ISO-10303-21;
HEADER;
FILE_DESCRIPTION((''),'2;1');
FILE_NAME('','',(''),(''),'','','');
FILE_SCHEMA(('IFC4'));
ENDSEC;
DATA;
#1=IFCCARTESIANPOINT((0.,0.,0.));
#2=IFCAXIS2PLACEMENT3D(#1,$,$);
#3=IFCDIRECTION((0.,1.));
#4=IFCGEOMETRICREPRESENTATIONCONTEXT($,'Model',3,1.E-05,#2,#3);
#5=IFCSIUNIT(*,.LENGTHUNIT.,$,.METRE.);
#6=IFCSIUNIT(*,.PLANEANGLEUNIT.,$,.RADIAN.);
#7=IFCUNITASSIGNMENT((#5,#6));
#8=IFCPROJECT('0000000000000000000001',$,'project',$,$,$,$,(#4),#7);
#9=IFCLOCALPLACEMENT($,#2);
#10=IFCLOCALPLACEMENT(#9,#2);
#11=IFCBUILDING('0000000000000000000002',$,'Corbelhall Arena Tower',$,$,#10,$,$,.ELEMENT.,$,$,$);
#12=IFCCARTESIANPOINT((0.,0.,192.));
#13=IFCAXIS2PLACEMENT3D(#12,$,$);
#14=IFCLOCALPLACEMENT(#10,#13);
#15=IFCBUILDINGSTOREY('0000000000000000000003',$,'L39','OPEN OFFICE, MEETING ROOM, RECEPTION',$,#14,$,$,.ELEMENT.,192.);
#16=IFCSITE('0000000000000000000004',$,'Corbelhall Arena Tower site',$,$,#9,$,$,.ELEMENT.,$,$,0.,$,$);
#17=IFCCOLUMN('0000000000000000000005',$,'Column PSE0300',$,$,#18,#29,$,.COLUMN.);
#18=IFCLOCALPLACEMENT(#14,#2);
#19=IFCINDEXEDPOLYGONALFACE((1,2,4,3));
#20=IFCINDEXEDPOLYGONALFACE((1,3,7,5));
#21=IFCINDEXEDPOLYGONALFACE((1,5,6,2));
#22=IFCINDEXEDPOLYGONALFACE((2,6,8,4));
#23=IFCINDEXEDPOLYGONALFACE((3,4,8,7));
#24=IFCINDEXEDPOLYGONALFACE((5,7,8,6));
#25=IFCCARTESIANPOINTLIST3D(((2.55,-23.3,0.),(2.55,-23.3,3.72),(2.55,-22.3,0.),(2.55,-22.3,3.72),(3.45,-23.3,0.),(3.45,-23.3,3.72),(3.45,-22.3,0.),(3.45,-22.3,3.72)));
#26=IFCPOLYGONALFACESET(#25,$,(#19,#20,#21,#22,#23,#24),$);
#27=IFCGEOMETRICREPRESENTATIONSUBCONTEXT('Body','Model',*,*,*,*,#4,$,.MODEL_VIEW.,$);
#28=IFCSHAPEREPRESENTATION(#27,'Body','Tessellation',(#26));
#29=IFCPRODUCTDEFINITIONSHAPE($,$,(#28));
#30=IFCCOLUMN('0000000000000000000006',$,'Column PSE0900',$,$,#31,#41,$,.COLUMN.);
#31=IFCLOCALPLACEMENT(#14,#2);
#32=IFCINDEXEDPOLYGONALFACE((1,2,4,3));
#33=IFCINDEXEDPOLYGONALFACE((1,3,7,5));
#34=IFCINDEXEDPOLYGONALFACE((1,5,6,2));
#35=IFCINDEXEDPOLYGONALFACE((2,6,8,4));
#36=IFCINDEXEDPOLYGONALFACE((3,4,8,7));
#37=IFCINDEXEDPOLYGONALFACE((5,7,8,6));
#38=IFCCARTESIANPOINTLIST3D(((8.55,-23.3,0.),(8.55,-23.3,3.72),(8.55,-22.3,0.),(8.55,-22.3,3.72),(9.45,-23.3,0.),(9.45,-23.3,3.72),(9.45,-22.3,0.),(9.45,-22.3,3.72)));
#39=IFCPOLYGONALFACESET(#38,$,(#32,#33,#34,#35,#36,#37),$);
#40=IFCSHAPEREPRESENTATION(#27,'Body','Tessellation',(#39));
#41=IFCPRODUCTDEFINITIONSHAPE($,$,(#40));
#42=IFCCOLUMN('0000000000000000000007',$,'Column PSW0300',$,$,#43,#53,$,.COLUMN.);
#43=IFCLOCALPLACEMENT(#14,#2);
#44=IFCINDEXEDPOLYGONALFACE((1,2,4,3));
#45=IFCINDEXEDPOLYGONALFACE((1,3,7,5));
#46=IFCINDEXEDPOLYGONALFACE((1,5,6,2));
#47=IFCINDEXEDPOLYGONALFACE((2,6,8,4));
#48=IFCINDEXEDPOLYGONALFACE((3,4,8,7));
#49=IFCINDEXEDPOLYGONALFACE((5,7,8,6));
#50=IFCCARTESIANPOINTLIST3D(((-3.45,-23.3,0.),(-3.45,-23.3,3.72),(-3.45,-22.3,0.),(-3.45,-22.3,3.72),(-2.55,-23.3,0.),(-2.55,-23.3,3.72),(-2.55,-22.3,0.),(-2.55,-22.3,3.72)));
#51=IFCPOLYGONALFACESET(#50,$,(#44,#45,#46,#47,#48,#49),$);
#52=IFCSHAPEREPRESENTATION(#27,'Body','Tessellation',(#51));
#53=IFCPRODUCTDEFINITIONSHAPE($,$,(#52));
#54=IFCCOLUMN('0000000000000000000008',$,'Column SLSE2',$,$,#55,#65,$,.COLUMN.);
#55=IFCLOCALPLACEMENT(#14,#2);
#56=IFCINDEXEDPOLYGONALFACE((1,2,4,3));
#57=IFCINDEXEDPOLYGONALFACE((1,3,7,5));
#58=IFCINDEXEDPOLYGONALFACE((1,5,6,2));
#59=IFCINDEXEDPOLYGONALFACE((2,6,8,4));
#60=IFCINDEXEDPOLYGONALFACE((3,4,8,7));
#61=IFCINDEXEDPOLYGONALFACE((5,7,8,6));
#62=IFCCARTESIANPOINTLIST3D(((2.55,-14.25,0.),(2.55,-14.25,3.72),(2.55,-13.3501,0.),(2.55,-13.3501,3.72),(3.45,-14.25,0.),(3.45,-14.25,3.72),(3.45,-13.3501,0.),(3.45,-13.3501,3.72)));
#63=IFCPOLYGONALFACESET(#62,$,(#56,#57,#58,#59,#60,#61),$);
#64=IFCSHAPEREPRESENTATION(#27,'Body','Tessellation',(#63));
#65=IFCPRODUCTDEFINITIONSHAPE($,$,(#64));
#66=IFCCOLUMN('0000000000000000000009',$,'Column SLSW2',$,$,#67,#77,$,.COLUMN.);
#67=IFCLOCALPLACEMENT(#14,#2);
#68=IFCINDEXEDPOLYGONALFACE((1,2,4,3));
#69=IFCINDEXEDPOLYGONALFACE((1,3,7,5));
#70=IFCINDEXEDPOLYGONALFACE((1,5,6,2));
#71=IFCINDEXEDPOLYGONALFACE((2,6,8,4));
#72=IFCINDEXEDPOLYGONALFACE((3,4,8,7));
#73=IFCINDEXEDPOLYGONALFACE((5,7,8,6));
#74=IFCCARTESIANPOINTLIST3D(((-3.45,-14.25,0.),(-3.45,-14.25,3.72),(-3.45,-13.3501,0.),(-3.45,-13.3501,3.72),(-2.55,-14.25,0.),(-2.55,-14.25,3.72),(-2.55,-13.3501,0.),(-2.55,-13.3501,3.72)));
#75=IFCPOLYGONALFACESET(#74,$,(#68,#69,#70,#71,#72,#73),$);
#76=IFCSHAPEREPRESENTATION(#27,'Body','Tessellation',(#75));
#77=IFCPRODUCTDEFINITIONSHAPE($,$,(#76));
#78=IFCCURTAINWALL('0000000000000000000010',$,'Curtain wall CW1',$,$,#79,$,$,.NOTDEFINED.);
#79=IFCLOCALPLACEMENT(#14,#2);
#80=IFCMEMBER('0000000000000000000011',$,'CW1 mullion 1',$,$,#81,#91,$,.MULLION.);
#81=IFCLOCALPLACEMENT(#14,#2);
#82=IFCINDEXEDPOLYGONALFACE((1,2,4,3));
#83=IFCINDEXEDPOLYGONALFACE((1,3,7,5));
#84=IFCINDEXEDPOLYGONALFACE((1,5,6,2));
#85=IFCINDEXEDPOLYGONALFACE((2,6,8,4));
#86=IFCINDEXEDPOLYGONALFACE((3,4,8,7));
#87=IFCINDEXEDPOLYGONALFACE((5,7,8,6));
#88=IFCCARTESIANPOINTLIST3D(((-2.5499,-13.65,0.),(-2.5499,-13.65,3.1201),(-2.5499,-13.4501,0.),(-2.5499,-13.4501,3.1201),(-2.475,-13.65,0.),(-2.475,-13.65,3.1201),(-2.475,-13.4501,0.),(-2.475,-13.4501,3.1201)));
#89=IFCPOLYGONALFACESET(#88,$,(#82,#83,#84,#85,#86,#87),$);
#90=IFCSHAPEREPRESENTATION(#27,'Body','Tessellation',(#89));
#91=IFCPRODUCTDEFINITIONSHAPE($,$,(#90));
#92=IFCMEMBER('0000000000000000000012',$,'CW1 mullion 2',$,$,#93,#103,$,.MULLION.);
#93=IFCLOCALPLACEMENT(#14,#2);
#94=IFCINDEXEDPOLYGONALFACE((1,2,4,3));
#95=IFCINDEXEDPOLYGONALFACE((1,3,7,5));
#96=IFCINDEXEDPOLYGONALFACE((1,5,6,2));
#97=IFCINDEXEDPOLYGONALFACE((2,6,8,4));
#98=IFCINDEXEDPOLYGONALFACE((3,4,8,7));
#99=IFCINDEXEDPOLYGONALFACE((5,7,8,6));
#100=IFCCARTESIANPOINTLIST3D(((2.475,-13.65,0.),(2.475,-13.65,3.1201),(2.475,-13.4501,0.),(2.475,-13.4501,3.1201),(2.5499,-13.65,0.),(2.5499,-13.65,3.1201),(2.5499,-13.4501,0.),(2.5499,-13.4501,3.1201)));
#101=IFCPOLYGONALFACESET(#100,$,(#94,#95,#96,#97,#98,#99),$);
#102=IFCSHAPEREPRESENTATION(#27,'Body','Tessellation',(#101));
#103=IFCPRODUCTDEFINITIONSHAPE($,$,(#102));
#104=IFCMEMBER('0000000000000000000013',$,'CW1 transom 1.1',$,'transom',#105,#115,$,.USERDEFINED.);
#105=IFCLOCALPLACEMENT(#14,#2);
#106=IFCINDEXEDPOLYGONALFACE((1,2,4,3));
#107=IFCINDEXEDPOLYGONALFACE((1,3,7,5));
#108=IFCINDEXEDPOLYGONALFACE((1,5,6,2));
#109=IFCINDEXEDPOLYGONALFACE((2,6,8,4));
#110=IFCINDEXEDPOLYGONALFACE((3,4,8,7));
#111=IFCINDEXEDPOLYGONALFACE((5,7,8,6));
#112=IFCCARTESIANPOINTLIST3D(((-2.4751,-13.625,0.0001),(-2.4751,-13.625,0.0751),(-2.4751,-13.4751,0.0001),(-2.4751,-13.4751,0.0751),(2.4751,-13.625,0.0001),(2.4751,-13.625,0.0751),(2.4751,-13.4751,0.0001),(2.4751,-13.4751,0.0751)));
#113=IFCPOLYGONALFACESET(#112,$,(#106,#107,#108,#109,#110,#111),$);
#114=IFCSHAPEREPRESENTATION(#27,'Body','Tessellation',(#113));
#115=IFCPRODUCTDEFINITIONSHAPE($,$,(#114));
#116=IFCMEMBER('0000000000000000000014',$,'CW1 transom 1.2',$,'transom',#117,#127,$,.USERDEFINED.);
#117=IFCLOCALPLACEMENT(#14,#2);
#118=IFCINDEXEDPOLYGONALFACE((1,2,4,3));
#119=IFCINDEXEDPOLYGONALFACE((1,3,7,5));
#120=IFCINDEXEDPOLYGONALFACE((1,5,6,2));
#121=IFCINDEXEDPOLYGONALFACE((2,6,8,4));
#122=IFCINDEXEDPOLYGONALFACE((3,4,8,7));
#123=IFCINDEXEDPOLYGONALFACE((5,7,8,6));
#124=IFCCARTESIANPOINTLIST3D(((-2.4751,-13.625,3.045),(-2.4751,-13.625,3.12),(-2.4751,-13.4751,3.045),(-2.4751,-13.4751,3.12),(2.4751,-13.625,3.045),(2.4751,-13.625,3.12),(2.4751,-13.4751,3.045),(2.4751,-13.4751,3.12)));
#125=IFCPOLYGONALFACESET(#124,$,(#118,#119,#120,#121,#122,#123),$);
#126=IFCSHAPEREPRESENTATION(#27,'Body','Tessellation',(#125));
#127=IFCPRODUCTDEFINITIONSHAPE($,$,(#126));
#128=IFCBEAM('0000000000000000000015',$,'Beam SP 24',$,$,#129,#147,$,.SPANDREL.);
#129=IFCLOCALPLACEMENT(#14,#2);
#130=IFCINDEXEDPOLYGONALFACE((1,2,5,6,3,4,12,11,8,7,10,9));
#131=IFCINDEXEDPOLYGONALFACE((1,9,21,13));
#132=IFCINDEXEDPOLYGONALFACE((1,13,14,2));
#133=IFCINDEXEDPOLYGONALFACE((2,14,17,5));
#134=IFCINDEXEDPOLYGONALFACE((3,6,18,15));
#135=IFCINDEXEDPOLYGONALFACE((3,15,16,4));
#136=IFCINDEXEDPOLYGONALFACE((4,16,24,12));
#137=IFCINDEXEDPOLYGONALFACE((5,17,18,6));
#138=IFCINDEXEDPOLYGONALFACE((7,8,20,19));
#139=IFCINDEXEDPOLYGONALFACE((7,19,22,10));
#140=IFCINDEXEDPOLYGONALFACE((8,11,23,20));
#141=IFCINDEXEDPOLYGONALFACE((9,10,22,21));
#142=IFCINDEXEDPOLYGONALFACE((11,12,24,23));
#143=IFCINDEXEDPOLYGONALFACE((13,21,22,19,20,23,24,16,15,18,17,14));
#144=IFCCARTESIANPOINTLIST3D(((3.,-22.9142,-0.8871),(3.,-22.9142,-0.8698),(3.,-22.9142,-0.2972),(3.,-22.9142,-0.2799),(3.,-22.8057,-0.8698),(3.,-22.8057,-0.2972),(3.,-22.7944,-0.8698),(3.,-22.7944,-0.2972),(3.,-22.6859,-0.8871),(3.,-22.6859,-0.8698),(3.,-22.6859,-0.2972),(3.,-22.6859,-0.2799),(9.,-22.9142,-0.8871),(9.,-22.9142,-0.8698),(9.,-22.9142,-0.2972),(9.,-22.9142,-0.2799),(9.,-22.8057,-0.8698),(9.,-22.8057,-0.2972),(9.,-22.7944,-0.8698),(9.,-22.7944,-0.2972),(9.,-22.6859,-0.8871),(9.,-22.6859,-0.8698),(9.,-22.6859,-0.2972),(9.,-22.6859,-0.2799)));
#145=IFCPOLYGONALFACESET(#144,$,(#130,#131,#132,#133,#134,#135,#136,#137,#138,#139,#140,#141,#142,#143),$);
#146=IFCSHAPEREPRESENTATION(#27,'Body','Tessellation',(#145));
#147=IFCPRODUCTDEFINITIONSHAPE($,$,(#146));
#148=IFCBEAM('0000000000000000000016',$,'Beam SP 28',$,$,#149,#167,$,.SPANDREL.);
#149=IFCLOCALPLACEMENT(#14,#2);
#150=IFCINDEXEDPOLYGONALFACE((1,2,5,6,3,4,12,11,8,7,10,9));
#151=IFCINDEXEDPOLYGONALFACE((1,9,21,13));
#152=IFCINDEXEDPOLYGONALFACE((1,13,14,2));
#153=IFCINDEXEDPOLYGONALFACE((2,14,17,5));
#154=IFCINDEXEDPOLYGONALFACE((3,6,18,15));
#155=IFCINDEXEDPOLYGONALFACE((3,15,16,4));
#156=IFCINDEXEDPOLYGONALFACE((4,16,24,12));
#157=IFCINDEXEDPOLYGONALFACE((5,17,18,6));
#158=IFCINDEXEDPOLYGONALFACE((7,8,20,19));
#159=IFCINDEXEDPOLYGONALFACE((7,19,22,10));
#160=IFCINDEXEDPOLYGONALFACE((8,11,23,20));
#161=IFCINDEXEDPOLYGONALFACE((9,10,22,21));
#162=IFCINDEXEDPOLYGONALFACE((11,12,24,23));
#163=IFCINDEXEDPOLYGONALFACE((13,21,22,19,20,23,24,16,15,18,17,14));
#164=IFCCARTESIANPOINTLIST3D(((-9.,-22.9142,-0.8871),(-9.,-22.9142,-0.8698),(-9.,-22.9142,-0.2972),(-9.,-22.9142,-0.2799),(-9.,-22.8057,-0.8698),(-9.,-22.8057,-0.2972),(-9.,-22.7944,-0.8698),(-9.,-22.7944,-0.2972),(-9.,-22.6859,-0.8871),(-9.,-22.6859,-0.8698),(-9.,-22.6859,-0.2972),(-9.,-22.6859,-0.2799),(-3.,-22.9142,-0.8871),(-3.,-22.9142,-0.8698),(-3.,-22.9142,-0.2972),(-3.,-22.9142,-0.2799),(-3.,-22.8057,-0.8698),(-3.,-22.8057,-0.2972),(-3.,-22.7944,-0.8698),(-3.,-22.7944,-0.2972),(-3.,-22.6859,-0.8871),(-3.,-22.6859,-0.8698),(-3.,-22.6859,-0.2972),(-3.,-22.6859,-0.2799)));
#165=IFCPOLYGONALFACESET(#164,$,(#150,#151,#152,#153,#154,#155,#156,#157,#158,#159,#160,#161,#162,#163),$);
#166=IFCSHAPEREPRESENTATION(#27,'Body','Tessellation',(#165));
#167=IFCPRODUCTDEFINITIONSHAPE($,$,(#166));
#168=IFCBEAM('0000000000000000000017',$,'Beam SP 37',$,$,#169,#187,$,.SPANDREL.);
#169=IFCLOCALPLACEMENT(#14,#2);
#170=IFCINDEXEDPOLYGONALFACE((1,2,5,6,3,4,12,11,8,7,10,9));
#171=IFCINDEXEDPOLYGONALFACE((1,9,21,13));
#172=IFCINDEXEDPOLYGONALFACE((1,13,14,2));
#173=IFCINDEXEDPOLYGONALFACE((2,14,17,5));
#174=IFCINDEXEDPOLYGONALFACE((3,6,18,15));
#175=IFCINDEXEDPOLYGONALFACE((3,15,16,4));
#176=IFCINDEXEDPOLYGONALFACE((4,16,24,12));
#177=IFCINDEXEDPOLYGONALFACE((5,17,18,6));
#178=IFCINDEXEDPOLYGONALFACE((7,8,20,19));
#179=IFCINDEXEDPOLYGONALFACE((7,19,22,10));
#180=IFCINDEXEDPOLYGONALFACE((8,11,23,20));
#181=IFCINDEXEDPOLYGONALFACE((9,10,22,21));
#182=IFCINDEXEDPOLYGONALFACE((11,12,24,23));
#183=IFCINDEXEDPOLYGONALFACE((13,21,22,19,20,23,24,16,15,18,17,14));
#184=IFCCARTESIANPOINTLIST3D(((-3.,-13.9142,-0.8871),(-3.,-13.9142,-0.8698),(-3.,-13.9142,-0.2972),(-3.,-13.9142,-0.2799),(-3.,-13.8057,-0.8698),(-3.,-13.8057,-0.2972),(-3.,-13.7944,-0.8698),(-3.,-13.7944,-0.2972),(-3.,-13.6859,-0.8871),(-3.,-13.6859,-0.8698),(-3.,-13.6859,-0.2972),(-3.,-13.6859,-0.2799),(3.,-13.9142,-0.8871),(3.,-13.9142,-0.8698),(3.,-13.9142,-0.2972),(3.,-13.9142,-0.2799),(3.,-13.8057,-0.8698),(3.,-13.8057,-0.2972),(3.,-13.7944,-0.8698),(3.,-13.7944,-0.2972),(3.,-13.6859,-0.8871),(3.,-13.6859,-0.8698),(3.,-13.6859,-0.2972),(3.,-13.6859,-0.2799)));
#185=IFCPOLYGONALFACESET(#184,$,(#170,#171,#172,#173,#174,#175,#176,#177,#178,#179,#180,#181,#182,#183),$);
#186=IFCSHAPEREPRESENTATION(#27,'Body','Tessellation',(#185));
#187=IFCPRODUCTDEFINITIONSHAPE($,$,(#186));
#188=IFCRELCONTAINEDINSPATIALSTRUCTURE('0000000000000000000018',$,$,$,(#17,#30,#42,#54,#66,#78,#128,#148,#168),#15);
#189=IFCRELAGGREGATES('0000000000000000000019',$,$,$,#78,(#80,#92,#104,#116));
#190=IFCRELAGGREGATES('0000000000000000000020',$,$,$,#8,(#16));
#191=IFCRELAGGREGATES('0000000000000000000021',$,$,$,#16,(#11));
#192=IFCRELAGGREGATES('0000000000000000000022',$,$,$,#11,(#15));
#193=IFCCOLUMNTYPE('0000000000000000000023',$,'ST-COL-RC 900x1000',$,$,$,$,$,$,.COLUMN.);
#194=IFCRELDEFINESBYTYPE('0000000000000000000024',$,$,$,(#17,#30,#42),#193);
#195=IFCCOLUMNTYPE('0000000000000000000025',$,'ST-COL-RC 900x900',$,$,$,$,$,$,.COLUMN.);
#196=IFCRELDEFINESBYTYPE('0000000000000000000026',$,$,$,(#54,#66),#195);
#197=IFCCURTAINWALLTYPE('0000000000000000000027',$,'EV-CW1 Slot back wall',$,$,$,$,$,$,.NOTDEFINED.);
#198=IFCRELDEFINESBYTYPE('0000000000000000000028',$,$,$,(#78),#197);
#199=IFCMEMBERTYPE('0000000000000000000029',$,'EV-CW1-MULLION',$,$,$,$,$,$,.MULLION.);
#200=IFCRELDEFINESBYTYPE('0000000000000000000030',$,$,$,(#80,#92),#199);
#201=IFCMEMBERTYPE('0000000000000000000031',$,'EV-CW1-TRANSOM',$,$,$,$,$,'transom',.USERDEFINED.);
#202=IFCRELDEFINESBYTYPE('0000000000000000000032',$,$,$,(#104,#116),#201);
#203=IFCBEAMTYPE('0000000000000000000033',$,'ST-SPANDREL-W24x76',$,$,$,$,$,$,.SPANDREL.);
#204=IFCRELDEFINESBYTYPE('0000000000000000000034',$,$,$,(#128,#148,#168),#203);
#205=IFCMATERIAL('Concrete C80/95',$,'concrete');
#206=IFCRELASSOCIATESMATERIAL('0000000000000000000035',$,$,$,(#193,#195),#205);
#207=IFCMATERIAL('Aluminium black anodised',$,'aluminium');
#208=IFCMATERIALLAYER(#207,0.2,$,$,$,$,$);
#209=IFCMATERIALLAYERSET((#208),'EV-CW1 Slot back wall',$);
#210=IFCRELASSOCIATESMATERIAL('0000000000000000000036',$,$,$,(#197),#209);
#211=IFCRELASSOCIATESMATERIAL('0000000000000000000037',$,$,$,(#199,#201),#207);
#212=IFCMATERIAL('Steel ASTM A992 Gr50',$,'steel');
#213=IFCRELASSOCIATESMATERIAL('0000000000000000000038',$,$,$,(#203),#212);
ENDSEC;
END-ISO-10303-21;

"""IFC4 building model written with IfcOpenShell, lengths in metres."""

from ifc_helpers import new_model, si_unit, direction, frame, origin, origin_2d, place, context, subcontext, project, spatial, rectangle, i_section, extrude, material, layer, layer_set, material_profile, profile_set, type_object, element, aggregate, save


model = new_model("IFC4")

# Units and contexts
model_context = context("Model", 3, precision=1e-05, world=origin(), true_north=direction((0.0, 1.0)))
body_context = subcontext(model_context, "Body", "Model", "MODEL_VIEW")
ifc_project = project(units=[si_unit("LENGTHUNIT", "METRE"), si_unit("PLANEANGLEUNIT", "RADIAN")], contexts=[model_context])

# Site, building, storey
site_placement = place(None, origin())
site = spatial("IfcSite", under=ifc_project, at=site_placement, Name="Corbelhall Arena Tower site", CompositionType="ELEMENT", RefElevation=0.0)
building_placement = place(site_placement, origin())
building = spatial("IfcBuilding", under=site, at=building_placement, Name="Corbelhall Arena Tower", CompositionType="ELEMENT")
storey_placement = place(building_placement, frame((0.0, 0.0, 192.0)))
storey = spatial("IfcBuildingStorey", under=building, at=storey_placement, Name="L39", Description="OPEN OFFICE, MEETING ROOM, RECEPTION", CompositionType="ELEMENT", Elevation=192.0)

# Columns
ifc_material_1 = material(Name="Concrete C80/95", Category="concrete")
ifc_material_profile_1 = material_profile(ifc_material_1, rectangle(XDim=0.8999, YDim=1.0, at=origin_2d()))
ifc_profile_set_1 = profile_set([ifc_material_profile_1], Name="Concrete C80/95")
column_type_1 = type_object("IfcColumnType", Name="ST-COL-RC 900x1000", PredefinedType="COLUMN", material=ifc_profile_set_1)
for number, where, z_axis, x_axis, name in (
    (1, (3.0, -22.8, 0.0), (0.0, 0.0, 1.0), (1.0, 0.0, 0.0), "Column PSE0300"),
    (2, (9.0, -22.8, 0.0), (0.0, 0.0, 1.0), (1.0, 0.0, 0.0), "Column PSE0900"),
    (3, (-3.0, -22.8, 0.0), (0.0, 0.0, 1.0), (1.0, 0.0, 0.0), "Column PSW0300"),
):
    element("IfcColumn", number, at=place(storey_placement, frame(where, z_axis=z_axis, x_axis=x_axis)), inside=storey, type_object=column_type_1, Name=name, PredefinedType="COLUMN", context=body_context, shape_type="SweptSolid", body=[
        extrude(rectangle(XDim=0.8999, YDim=1.0, at=origin_2d()), origin(), (0.0, 0.0, 1.0), 3.72),
    ])
ifc_material_profile_2 = material_profile(ifc_material_1, rectangle(XDim=0.8999, YDim=0.8999, at=origin_2d()))
ifc_profile_set_2 = profile_set([ifc_material_profile_2], Name="Concrete C80/95")
column_type_2 = type_object("IfcColumnType", Name="ST-COL-RC 900x900", PredefinedType="COLUMN", material=ifc_profile_set_2)
for number, where, z_axis, x_axis, name in (
    (4, (3.0, -13.8, 0.0), (0.0, 0.0, 1.0), (1.0, 0.0, 0.0), "Column SLSE2"),
    (5, (-3.0, -13.8, 0.0), (0.0, 0.0, 1.0), (1.0, 0.0, 0.0), "Column SLSW2"),
):
    element("IfcColumn", number, at=place(storey_placement, frame(where, z_axis=z_axis, x_axis=x_axis)), inside=storey, type_object=column_type_2, Name=name, PredefinedType="COLUMN", context=body_context, shape_type="SweptSolid", body=[
        extrude(rectangle(XDim=0.8999, YDim=0.8999, at=origin_2d()), origin(), (0.0, 0.0, 1.0), 3.72),
    ])

# Curtain wall, members
ifc_material_2 = material(Name="Aluminium black anodised", Category="aluminium")
ifc_layer_1 = layer(ifc_material_2, 0.2)
ifc_layer_set_1 = layer_set([ifc_layer_1], Name="EV-CW1 Slot back wall")
curtain_wall_type = type_object("IfcCurtainWallType", Name="EV-CW1 Slot back wall", PredefinedType="NOTDEFINED", material=ifc_layer_set_1)
curtain_wall_placement = place(storey_placement, origin())
curtain_wall = element("IfcCurtainWall", 6, at=curtain_wall_placement, inside=storey, type_object=curtain_wall_type, Name="Curtain wall CW1", PredefinedType="NOTDEFINED")
ifc_material_profile_3 = material_profile(ifc_material_2, rectangle(XDim=0.2, YDim=0.075, at=origin_2d()))
ifc_profile_set_3 = profile_set([ifc_material_profile_3], Name="Aluminium black anodised")
member_type_1 = type_object("IfcMemberType", Name="EV-CW1-MULLION", PredefinedType="MULLION", material=ifc_profile_set_3)
member_1_placement = place(storey_placement, frame((-2.5125, -13.55, 0.0), z_axis=(0.0, 0.0, 1.0), x_axis=(0.0, 1.0, 0.0)))
member_1 = element("IfcMember", 7, at=member_1_placement, type_object=member_type_1, Name="CW1 mullion 1", PredefinedType="MULLION", context=body_context, shape_type="SweptSolid", body=[
    extrude(rectangle(XDim=0.2, YDim=0.075, at=origin_2d()), origin(), (0.0, 0.0, 1.0), 3.1201),
])
member_2_placement = place(storey_placement, frame((2.5125, -13.55, 0.0), z_axis=(0.0, 0.0, 1.0), x_axis=(0.0, 1.0, 0.0)))
member_2 = element("IfcMember", 8, at=member_2_placement, type_object=member_type_1, Name="CW1 mullion 2", PredefinedType="MULLION", context=body_context, shape_type="SweptSolid", body=[
    extrude(rectangle(XDim=0.2, YDim=0.075, at=origin_2d()), origin(), (0.0, 0.0, 1.0), 3.1201),
])
ifc_material_profile_4 = material_profile(ifc_material_2, rectangle(XDim=0.1499, YDim=0.075, at=origin_2d()))
ifc_profile_set_4 = profile_set([ifc_material_profile_4], Name="Aluminium black anodised")
member_type_2 = type_object("IfcMemberType", Name="EV-CW1-TRANSOM", ElementType="transom", PredefinedType="USERDEFINED", material=ifc_profile_set_4)
member_3_placement = place(storey_placement, frame((-2.4751, -13.55, 0.0376), z_axis=(1.0, 0.0, 0.0), x_axis=(0.0, 1.0, 0.0)))
member_3 = element("IfcMember", 9, at=member_3_placement, type_object=member_type_2, Name="CW1 transom 1.1", ObjectType="transom", PredefinedType="USERDEFINED", context=body_context, shape_type="SweptSolid", body=[
    extrude(rectangle(XDim=0.1499, YDim=0.075, at=origin_2d()), origin(), (0.0, 0.0, 1.0), 4.9502),
])
member_4_placement = place(storey_placement, frame((-2.4751, -13.55, 3.0825), z_axis=(1.0, 0.0, 0.0), x_axis=(0.0, 1.0, 0.0)))
member_4 = element("IfcMember", 10, at=member_4_placement, type_object=member_type_2, Name="CW1 transom 1.2", ObjectType="transom", PredefinedType="USERDEFINED", context=body_context, shape_type="SweptSolid", body=[
    extrude(rectangle(XDim=0.1499, YDim=0.075, at=origin_2d()), origin(), (0.0, 0.0, 1.0), 4.9502),
])

# Beams
ifc_material_3 = material(Name="Steel ASTM A992 Gr50", Category="steel")
ifc_material_profile_5 = material_profile(ifc_material_3, i_section(OverallWidth=0.2283, OverallDepth=0.6072, WebThickness=0.0112, FlangeThickness=0.0173, at=origin_2d()))
ifc_profile_set_5 = profile_set([ifc_material_profile_5], Name="Steel ASTM A992 Gr50")
beam_type_1 = type_object("IfcBeamType", Name="ST-SPANDREL-W24x76", PredefinedType="SPANDREL", material=ifc_profile_set_5)
for number, where, z_axis, x_axis, name in (
    (11, (9.0, -22.8, -0.5835), (-1.0, 0.0, 0.0), (0.0, -1.0, 0.0), "Beam SP 24"),
    (12, (-3.0, -22.8, -0.5835), (-1.0, 0.0, 0.0), (0.0, -1.0, 0.0), "Beam SP 28"),
    (13, (3.0, -13.8, -0.5835), (-1.0, 0.0, 0.0), (0.0, -1.0, 0.0), "Beam SP 37"),
):
    element("IfcBeam", number, at=place(storey_placement, frame(where, z_axis=z_axis, x_axis=x_axis)), inside=storey, type_object=beam_type_1, Name=name, PredefinedType="SPANDREL", context=body_context, shape_type="SweptSolid", body=[
        extrude(i_section(OverallWidth=0.2283, OverallDepth=0.6072, WebThickness=0.0112, FlangeThickness=0.0173, at=origin_2d()), origin(), (0.0, 0.0, 1.0), 6.0),
    ])

aggregate(curtain_wall, [member_1, member_2, member_3, member_4])

save(model, "model.ifc")
